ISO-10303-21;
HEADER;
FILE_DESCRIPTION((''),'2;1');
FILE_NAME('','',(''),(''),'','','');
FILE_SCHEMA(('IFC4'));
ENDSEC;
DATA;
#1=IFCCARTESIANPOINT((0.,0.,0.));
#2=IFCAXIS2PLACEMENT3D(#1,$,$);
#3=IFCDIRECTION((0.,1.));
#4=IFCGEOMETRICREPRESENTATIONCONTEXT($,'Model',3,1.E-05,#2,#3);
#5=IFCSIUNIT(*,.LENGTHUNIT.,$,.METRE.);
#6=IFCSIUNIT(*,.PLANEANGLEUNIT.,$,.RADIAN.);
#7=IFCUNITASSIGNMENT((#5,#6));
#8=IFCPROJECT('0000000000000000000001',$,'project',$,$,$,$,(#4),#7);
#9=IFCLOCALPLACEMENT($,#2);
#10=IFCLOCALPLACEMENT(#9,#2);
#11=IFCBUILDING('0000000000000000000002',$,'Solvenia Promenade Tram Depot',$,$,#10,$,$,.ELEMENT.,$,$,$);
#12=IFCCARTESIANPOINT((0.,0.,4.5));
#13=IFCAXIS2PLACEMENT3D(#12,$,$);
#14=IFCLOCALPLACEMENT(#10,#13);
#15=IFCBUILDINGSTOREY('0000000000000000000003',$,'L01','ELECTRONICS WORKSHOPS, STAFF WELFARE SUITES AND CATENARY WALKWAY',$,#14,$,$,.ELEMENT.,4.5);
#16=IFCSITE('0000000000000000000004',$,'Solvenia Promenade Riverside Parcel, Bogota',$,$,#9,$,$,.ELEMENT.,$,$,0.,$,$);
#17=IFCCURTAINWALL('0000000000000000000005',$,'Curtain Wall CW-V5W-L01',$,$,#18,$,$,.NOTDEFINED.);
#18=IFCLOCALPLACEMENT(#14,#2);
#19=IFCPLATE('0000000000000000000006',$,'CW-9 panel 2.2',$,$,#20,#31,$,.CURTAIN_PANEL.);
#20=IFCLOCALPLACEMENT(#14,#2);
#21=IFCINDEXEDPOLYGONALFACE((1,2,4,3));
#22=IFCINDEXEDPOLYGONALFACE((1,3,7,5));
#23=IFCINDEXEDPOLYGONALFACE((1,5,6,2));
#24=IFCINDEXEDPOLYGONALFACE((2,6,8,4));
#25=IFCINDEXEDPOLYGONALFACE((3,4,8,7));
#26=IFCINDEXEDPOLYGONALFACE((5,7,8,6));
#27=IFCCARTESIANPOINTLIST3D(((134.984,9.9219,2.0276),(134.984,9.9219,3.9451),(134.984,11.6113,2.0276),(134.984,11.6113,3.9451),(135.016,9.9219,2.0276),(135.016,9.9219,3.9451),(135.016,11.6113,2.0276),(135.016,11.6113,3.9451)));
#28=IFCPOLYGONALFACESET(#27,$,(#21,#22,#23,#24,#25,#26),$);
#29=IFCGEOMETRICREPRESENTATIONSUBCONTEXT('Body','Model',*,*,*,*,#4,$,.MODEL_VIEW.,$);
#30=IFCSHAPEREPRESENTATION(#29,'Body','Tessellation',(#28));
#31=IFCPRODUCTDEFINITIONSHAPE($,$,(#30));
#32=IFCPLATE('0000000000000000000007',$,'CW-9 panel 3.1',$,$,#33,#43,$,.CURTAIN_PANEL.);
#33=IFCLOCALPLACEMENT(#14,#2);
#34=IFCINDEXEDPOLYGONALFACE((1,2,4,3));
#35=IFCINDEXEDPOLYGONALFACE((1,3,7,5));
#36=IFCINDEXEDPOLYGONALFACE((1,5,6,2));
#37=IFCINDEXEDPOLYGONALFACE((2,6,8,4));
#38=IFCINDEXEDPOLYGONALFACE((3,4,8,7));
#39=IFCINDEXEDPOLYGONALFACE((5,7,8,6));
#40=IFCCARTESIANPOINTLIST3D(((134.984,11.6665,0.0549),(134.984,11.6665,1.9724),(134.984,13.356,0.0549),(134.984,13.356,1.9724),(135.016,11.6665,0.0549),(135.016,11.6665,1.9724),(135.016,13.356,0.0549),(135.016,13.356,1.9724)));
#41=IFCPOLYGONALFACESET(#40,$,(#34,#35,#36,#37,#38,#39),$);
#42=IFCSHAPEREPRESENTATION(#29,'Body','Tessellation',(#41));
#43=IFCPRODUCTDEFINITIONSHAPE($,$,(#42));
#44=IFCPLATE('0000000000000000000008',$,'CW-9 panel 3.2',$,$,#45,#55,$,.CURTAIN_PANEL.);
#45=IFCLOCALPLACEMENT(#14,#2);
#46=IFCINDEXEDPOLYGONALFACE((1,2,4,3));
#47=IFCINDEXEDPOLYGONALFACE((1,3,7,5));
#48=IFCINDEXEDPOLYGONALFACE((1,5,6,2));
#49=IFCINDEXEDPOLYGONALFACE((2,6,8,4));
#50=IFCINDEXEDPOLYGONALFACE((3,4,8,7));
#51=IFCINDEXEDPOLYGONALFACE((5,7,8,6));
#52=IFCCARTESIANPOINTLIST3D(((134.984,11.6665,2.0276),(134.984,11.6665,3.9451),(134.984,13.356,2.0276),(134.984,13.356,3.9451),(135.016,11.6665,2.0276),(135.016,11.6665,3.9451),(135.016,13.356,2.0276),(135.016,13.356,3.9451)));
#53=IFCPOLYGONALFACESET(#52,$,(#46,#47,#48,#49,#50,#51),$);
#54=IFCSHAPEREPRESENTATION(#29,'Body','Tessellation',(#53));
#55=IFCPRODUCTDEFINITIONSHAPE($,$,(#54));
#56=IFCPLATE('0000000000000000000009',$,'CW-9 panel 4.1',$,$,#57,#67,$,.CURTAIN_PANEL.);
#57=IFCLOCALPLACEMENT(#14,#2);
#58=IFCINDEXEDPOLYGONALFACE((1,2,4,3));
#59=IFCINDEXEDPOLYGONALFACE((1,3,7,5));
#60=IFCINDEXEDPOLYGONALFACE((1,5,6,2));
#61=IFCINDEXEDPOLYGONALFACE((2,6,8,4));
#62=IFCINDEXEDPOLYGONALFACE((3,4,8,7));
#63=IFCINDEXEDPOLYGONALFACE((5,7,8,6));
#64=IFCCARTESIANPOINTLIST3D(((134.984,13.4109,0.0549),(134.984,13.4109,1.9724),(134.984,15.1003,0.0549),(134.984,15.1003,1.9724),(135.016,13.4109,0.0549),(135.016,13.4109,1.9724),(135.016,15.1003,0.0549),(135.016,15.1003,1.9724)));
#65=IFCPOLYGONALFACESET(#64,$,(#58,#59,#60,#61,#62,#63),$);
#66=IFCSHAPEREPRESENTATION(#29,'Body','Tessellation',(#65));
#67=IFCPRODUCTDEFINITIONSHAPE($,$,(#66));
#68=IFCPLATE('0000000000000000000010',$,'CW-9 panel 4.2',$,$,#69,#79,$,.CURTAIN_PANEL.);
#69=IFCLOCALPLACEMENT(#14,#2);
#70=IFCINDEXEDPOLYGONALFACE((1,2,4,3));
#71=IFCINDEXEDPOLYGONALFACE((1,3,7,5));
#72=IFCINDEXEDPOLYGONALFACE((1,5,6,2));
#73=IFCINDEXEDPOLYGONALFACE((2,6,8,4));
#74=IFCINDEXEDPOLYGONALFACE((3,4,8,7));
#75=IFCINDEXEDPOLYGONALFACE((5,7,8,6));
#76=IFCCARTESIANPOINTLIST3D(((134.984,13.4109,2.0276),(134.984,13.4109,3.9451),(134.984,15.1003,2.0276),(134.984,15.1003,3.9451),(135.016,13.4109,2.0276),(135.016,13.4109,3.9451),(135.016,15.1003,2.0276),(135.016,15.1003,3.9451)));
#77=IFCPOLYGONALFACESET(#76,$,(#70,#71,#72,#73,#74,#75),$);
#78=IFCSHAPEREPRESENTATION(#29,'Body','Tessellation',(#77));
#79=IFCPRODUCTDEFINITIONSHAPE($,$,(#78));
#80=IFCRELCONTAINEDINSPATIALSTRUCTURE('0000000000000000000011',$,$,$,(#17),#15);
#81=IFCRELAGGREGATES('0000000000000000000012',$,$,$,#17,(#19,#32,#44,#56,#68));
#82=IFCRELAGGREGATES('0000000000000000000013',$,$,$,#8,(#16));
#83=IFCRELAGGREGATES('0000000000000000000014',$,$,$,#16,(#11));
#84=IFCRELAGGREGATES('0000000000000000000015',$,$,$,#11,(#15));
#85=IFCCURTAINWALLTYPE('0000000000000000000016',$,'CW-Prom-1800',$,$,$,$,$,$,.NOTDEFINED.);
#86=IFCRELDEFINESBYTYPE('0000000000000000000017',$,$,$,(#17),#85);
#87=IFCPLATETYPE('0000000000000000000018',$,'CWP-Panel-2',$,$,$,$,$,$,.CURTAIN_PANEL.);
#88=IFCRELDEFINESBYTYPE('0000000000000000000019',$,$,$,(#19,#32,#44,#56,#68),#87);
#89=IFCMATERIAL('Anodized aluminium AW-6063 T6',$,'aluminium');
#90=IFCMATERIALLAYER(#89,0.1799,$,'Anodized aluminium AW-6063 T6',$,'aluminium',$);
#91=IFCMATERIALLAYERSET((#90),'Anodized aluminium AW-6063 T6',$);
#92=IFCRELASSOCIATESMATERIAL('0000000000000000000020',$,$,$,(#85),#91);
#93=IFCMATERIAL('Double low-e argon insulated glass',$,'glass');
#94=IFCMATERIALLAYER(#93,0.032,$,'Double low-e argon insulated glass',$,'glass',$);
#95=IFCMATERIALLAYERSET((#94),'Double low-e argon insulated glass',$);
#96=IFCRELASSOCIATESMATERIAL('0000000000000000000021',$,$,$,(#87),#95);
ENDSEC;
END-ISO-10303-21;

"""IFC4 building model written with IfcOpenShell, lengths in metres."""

from ifc_helpers import new_model, si_unit, direction, frame, origin, origin_2d, place, context, subcontext, project, spatial, rectangle, extrude, material, layer, layer_set, type_object, element, aggregate, save


model = new_model("IFC4")

# Units and contexts
model_context = context("Model", 3, precision=1e-05, world=origin(), true_north=direction((0.0, 1.0)))
body_context = subcontext(model_context, "Body", "Model", "MODEL_VIEW")
ifc_project = project(units=[si_unit("LENGTHUNIT", "METRE"), si_unit("PLANEANGLEUNIT", "RADIAN")], contexts=[model_context])

# Site, building, storey
site_placement = place(None, origin())
site = spatial("IfcSite", under=ifc_project, at=site_placement, Name="Solvenia Promenade Riverside Parcel, Bogota", CompositionType="ELEMENT", RefElevation=0.0)
building_placement = place(site_placement, origin())
building = spatial("IfcBuilding", under=site, at=building_placement, Name="Solvenia Promenade Tram Depot", CompositionType="ELEMENT")
storey_placement = place(building_placement, frame((0.0, 0.0, 4.5)))
storey = spatial("IfcBuildingStorey", under=building, at=storey_placement, Name="L01", Description="ELECTRONICS WORKSHOPS, STAFF WELFARE SUITES AND CATENARY WALKWAY", CompositionType="ELEMENT", Elevation=4.5)

# Curtain wall
ifc_material_1 = material(Name="Anodized aluminium AW-6063 T6", Category="aluminium")
ifc_layer_1 = layer(ifc_material_1, 0.1799, Name="Anodized aluminium AW-6063 T6", Category="aluminium")
ifc_layer_set_1 = layer_set([ifc_layer_1], Name="Anodized aluminium AW-6063 T6")
curtain_wall_type = type_object("IfcCurtainWallType", Name="CW-Prom-1800", PredefinedType="NOTDEFINED", material=ifc_layer_set_1)
curtain_wall_placement = place(storey_placement, origin())
curtain_wall = element("IfcCurtainWall", 1, at=curtain_wall_placement, inside=storey, type_object=curtain_wall_type, Name="Curtain Wall CW-V5W-L01", PredefinedType="NOTDEFINED")

# Plates
ifc_material_2 = material(Name="Double low-e argon insulated glass", Category="glass")
ifc_layer_2 = layer(ifc_material_2, 0.032, Name="Double low-e argon insulated glass", Category="glass")
ifc_layer_set_2 = layer_set([ifc_layer_2], Name="Double low-e argon insulated glass")
plate_type = type_object("IfcPlateType", Name="CWP-Panel-2", PredefinedType="CURTAIN_PANEL", material=ifc_layer_set_2)
plate_1_placement = place(storey_placement, frame((135.0, 10.7666, 2.0276), z_axis=(0.0, 0.0, 1.0), x_axis=(0.0, 1.0, 0.0)))
plate_1 = element("IfcPlate", 2, at=plate_1_placement, type_object=plate_type, Name="CW-9 panel 2.2", PredefinedType="CURTAIN_PANEL", context=body_context, shape_type="SweptSolid", body=[
    extrude(rectangle(XDim=1.6895, YDim=0.032, at=origin_2d()), origin(), (0.0, 0.0, 1.0), 1.9175),
])
plate_2_placement = place(storey_placement, frame((135.0, 12.5112, 0.0549), z_axis=(0.0, 0.0, 1.0), x_axis=(0.0, 1.0, 0.0)))
plate_2 = element("IfcPlate", 3, at=plate_2_placement, type_object=plate_type, Name="CW-9 panel 3.1", PredefinedType="CURTAIN_PANEL", context=body_context, shape_type="SweptSolid", body=[
    extrude(rectangle(XDim=1.6895, YDim=0.032, at=origin_2d()), origin(), (0.0, 0.0, 1.0), 1.9175),
])
plate_3_placement = place(storey_placement, frame((135.0, 12.5112, 2.0276), z_axis=(0.0, 0.0, 1.0), x_axis=(0.0, 1.0, 0.0)))
plate_3 = element("IfcPlate", 4, at=plate_3_placement, type_object=plate_type, Name="CW-9 panel 3.2", PredefinedType="CURTAIN_PANEL", context=body_context, shape_type="SweptSolid", body=[
    extrude(rectangle(XDim=1.6895, YDim=0.032, at=origin_2d()), origin(), (0.0, 0.0, 1.0), 1.9175),
])
plate_4_placement = place(storey_placement, frame((135.0, 14.2556, 0.0549), z_axis=(0.0, 0.0, 1.0), x_axis=(0.0, 1.0, 0.0)))
plate_4 = element("IfcPlate", 5, at=plate_4_placement, type_object=plate_type, Name="CW-9 panel 4.1", PredefinedType="CURTAIN_PANEL", context=body_context, shape_type="SweptSolid", body=[
    extrude(rectangle(XDim=1.6895, YDim=0.032, at=origin_2d()), origin(), (0.0, 0.0, 1.0), 1.9175),
])
plate_5_placement = place(storey_placement, frame((135.0, 14.2556, 2.0276), z_axis=(0.0, 0.0, 1.0), x_axis=(0.0, 1.0, 0.0)))
plate_5 = element("IfcPlate", 6, at=plate_5_placement, type_object=plate_type, Name="CW-9 panel 4.2", PredefinedType="CURTAIN_PANEL", context=body_context, shape_type="SweptSolid", body=[
    extrude(rectangle(XDim=1.6895, YDim=0.032, at=origin_2d()), origin(), (0.0, 0.0, 1.0), 1.9175),
])
aggregate(curtain_wall, [plate_1, plate_2, plate_3, plate_4, plate_5])

save(model, "model.ifc")
